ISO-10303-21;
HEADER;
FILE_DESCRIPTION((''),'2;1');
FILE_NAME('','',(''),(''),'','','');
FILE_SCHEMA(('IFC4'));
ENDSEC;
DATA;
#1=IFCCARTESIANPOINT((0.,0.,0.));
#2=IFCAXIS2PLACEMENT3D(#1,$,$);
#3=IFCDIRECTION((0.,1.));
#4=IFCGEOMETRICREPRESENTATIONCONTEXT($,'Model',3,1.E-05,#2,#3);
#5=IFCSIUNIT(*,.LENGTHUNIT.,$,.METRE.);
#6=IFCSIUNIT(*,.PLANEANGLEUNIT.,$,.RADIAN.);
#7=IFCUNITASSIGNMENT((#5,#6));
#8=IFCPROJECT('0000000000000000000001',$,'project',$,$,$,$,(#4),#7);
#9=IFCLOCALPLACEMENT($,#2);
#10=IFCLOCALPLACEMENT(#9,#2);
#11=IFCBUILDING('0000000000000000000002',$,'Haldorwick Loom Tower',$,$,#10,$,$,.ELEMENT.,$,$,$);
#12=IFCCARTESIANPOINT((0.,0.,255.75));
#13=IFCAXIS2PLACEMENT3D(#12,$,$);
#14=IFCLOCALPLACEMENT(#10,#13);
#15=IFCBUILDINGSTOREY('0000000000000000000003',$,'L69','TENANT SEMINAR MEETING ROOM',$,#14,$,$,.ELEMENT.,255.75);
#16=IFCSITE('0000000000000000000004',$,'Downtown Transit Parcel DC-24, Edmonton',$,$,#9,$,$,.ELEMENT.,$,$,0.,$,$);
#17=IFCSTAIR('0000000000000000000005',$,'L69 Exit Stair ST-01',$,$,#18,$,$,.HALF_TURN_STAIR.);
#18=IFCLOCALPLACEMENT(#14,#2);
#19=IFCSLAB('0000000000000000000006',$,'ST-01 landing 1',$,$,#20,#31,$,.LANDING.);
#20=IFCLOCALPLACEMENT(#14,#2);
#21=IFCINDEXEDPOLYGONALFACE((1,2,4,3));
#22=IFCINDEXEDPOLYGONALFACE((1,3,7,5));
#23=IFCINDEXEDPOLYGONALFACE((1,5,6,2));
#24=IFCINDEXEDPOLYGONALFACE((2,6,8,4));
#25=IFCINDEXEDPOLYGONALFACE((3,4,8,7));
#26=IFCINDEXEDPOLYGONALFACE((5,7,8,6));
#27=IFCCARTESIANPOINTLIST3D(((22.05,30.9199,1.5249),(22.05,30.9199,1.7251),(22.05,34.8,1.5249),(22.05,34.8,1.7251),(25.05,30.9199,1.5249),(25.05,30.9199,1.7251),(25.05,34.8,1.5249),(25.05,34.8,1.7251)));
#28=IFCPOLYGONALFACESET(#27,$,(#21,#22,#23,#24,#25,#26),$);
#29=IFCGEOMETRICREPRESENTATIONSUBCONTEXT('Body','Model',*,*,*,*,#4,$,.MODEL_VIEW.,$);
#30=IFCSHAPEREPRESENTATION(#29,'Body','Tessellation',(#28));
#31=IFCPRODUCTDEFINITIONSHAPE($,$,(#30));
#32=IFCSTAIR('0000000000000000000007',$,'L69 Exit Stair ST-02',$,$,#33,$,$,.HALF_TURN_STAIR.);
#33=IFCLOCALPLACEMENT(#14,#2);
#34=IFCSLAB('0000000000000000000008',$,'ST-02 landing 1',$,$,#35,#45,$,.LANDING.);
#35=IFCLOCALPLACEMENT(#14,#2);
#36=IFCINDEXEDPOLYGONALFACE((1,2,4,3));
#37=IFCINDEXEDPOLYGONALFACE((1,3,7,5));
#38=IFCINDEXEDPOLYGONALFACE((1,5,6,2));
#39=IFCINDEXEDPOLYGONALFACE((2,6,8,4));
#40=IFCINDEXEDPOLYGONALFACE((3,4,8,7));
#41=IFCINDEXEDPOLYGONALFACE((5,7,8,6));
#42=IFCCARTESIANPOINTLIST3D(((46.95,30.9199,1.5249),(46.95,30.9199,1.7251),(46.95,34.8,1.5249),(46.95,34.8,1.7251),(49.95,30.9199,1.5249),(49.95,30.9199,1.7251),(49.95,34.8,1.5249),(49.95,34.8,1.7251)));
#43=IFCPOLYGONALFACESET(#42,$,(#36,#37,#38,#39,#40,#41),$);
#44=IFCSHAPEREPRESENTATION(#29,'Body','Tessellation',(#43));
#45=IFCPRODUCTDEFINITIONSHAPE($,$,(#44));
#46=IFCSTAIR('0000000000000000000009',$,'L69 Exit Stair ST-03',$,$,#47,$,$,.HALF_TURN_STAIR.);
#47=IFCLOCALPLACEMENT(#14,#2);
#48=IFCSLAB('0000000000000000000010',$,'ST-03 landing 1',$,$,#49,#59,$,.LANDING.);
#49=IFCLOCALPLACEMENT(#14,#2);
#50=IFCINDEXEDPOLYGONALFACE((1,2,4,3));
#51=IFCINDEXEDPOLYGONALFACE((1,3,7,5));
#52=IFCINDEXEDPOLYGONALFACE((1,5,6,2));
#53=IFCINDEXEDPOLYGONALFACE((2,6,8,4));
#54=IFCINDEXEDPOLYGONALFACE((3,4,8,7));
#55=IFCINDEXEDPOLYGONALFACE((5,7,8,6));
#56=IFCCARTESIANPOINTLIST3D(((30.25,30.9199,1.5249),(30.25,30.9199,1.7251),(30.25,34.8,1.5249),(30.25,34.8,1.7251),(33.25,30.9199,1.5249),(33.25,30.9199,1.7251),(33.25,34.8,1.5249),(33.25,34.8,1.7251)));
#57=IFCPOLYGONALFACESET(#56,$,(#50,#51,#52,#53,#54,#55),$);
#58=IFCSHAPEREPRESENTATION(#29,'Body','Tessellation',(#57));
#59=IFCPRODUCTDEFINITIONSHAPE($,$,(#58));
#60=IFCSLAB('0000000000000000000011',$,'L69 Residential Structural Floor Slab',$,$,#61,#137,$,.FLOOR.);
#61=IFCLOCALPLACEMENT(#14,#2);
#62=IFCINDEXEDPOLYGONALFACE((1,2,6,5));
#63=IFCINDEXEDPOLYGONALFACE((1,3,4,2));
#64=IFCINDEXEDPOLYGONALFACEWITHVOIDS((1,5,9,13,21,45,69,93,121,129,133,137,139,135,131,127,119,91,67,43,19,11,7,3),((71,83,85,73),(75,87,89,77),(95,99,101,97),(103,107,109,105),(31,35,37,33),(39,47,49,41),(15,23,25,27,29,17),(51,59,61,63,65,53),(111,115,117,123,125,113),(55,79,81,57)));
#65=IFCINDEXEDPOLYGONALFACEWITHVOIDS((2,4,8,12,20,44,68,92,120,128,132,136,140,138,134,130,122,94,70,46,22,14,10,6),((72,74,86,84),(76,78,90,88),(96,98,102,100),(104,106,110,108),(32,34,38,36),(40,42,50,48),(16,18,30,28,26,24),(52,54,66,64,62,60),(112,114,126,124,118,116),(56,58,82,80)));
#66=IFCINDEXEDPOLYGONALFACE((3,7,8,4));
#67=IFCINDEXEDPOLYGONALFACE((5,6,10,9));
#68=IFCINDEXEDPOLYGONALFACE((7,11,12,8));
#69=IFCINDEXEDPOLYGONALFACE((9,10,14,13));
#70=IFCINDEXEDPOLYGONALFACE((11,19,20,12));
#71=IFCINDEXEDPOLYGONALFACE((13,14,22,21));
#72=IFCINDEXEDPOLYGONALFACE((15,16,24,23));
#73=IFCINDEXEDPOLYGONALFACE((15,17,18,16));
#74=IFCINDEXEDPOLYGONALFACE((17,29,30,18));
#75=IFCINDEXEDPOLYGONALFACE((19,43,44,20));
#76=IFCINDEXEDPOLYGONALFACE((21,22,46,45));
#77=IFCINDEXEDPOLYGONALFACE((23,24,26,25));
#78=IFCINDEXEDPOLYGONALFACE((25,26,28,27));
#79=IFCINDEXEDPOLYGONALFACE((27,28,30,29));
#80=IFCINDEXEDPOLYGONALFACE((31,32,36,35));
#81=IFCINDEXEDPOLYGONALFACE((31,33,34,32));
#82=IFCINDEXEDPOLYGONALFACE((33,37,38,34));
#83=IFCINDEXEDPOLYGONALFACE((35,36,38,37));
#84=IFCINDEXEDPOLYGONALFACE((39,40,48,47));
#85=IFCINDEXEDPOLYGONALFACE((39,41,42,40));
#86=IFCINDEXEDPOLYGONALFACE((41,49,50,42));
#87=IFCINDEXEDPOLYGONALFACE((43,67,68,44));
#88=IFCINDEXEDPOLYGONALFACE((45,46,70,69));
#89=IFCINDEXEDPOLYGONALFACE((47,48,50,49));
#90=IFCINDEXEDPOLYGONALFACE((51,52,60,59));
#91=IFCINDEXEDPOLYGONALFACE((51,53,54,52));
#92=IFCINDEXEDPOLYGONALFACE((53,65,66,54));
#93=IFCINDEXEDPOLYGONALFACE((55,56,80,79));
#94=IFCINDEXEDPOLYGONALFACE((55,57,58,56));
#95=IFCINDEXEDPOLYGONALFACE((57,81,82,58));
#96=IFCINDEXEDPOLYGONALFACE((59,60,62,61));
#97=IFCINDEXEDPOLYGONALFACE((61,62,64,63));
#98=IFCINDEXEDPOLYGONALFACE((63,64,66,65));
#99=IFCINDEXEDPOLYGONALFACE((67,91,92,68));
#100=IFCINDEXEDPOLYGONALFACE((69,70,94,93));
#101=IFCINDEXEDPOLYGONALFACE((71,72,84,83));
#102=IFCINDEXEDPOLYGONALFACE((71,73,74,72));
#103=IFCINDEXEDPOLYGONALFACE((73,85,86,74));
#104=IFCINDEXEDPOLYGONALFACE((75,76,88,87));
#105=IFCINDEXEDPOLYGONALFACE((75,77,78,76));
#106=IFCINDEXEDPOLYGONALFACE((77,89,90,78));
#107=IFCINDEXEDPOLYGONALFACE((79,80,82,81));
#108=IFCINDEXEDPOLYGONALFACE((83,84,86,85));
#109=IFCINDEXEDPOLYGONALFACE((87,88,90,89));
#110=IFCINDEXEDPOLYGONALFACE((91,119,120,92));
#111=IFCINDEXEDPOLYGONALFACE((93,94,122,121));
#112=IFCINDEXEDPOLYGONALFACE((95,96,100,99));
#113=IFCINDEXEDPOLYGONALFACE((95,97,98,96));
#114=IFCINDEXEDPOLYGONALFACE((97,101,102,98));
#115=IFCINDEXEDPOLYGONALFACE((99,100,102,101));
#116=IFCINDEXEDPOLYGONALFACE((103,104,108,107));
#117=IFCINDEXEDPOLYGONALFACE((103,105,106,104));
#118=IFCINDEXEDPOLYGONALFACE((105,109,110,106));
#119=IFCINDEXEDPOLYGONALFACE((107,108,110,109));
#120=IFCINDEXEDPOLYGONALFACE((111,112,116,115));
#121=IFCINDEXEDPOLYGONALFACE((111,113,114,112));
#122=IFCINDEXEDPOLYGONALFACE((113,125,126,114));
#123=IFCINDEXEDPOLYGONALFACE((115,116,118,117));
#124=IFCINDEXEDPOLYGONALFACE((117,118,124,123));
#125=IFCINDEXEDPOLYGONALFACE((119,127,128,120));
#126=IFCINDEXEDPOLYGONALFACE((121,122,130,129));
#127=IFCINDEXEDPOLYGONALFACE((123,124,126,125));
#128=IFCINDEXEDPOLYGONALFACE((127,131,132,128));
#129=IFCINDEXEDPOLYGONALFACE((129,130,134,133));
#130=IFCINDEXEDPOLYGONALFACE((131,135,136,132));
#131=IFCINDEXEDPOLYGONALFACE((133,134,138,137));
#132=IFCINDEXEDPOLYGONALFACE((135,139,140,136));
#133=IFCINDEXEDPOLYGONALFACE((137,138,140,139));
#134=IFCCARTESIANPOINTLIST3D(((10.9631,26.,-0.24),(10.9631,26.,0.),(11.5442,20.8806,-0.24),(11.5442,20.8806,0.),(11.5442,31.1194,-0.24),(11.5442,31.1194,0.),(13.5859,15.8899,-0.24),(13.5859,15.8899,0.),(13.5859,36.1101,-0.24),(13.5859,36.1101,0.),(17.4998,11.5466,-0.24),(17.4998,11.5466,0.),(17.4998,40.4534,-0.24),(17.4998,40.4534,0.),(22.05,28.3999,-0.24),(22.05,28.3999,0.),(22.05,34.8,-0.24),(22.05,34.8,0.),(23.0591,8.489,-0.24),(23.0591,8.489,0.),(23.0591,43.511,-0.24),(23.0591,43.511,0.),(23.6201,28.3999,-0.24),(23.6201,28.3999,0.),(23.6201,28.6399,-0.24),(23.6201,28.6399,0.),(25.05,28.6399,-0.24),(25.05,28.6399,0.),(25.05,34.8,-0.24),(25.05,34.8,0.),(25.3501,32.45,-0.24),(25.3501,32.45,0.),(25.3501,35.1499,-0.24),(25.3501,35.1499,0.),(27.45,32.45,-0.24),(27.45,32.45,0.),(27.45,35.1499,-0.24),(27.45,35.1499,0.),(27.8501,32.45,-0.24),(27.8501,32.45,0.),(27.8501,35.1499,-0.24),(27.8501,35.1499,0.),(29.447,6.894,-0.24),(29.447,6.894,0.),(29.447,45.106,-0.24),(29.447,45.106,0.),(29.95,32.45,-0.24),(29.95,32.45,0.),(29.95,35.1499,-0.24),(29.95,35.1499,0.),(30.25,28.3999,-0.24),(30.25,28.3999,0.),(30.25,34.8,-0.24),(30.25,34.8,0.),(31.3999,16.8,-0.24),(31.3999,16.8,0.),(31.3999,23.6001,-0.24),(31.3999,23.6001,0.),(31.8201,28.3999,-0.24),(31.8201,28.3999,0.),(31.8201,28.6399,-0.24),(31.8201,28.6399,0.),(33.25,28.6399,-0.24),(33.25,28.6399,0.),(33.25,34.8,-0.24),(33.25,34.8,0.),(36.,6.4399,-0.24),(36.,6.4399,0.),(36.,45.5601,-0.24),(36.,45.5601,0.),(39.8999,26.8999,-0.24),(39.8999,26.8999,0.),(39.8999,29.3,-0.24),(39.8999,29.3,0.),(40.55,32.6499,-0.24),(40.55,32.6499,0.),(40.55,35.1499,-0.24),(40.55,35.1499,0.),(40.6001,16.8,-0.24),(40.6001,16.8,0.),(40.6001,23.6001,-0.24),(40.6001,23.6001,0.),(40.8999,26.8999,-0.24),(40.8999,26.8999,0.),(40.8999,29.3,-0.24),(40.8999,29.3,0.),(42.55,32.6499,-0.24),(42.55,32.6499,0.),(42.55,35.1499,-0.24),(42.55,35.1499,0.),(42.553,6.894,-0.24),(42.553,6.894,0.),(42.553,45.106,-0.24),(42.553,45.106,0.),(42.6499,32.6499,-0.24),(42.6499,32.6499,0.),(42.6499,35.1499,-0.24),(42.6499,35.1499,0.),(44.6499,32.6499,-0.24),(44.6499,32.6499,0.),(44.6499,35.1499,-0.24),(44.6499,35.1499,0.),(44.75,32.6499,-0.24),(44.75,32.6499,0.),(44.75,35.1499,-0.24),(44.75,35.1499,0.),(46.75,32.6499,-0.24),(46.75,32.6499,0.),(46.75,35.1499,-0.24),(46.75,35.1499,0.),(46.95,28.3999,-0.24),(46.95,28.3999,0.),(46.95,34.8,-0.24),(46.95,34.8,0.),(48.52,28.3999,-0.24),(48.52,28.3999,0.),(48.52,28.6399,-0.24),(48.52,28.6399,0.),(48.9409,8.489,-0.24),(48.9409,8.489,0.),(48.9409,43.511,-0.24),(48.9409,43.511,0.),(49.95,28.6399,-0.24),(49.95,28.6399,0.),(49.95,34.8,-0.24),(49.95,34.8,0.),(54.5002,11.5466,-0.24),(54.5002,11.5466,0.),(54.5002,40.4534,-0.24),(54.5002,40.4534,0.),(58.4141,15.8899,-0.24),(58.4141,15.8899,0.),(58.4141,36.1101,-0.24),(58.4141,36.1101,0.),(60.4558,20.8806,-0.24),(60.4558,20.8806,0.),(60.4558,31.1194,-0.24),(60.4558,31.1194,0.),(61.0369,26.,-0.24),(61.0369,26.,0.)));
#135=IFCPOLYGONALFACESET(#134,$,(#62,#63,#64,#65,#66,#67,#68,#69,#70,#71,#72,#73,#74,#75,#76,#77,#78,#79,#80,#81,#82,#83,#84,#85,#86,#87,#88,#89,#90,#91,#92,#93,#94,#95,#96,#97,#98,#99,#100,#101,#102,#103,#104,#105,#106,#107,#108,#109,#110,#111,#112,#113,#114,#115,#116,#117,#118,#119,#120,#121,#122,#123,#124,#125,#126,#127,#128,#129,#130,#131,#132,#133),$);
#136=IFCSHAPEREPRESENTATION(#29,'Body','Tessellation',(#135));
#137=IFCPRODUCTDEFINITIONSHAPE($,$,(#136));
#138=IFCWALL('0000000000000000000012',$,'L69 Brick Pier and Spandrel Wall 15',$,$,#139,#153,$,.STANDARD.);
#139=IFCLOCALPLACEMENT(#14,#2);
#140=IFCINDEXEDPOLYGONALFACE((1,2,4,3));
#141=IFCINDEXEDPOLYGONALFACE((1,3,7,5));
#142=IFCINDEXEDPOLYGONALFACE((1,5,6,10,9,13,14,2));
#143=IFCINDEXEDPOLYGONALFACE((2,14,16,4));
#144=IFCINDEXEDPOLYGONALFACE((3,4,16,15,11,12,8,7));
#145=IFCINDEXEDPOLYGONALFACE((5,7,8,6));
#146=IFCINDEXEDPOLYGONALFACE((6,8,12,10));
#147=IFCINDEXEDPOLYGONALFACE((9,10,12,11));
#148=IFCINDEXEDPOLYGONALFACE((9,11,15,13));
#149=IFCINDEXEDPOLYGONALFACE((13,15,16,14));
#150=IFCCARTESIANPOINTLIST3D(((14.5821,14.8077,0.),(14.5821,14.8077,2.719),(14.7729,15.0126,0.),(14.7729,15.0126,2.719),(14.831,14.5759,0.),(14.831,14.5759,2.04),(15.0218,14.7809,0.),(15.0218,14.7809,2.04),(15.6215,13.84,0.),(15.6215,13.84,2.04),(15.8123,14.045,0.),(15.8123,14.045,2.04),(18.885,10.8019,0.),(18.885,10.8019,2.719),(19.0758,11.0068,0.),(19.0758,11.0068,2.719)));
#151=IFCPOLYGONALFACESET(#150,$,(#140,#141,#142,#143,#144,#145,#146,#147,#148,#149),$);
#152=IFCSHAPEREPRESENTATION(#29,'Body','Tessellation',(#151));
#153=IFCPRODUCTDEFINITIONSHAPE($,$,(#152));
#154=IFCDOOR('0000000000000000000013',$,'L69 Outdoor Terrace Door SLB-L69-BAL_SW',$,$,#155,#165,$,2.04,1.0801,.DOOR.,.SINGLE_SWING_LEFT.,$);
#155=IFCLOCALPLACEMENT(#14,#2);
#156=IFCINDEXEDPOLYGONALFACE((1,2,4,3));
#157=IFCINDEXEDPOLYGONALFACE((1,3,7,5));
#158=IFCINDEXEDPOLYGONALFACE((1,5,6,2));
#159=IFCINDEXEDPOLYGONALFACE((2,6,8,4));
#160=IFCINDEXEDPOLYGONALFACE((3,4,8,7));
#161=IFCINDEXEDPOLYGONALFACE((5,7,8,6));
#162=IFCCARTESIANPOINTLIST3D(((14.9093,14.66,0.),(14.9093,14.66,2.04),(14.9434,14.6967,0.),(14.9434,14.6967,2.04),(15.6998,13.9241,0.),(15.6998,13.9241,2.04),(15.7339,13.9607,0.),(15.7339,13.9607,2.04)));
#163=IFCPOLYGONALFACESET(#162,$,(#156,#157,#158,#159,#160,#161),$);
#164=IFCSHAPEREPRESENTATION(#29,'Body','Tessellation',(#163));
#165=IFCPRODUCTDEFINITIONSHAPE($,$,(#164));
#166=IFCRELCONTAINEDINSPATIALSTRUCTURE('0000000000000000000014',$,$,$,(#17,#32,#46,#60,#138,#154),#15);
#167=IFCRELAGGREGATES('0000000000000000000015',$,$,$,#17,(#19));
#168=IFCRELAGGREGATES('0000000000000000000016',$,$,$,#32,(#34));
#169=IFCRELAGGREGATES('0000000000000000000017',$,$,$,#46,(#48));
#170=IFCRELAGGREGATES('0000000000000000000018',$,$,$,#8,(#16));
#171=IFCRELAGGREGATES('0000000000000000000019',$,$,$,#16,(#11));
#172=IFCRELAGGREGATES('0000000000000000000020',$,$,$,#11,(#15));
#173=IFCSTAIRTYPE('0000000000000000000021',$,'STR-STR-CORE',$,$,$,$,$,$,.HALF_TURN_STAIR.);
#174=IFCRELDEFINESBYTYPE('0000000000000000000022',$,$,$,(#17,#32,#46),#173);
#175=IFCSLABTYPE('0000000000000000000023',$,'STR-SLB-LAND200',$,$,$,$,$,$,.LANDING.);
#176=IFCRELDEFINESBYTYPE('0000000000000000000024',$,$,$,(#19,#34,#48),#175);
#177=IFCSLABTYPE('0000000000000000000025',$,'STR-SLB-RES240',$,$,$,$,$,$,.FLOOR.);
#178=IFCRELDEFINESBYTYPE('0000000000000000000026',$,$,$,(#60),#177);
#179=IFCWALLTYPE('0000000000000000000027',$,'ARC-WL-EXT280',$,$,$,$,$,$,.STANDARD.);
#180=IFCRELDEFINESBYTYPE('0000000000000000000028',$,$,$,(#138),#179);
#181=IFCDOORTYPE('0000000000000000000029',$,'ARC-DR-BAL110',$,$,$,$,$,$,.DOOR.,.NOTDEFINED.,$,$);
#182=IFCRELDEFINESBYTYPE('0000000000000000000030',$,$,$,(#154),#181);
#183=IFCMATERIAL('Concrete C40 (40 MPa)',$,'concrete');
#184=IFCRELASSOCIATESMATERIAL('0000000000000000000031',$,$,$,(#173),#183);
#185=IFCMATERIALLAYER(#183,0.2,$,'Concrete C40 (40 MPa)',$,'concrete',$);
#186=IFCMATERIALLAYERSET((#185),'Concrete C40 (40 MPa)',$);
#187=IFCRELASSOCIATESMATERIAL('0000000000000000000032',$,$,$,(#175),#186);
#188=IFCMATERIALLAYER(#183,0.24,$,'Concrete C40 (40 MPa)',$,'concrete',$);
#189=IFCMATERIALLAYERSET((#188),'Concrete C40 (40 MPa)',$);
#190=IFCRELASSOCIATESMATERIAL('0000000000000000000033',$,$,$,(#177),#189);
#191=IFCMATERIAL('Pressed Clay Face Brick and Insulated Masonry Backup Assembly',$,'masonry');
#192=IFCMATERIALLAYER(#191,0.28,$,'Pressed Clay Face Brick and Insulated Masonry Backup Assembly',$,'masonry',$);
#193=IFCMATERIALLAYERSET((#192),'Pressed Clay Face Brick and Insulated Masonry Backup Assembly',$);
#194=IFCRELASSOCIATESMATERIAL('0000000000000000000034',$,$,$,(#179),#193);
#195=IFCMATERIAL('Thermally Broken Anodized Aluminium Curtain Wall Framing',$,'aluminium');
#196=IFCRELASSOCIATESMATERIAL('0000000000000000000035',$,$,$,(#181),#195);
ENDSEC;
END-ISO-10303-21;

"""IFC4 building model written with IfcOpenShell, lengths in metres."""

from ifc_helpers import new_model, si_unit, direction, frame, frame_2d, origin, place, context, subcontext, project, spatial, polyline, rectangle, outline, extrude, material, layer, layer_set, type_object, element, fill, aggregate, save


model = new_model("IFC4")

# Units and contexts
model_context = context("Model", 3, precision=1e-05, world=origin(), true_north=direction((0.0, 1.0)))
body_context = subcontext(model_context, "Body", "Model", "MODEL_VIEW")
ifc_project = project(units=[si_unit("LENGTHUNIT", "METRE"), si_unit("PLANEANGLEUNIT", "RADIAN")], contexts=[model_context])

# Site, building, storey
site_placement = place(None, origin())
site = spatial("IfcSite", under=ifc_project, at=site_placement, Name="Downtown Transit Parcel DC-24, Edmonton", CompositionType="ELEMENT", RefElevation=0.0)
building_placement = place(site_placement, origin())
building = spatial("IfcBuilding", under=site, at=building_placement, Name="Haldorwick Loom Tower", CompositionType="ELEMENT")
storey_placement = place(building_placement, frame((0.0, 0.0, 255.75)))
storey = spatial("IfcBuildingStorey", under=building, at=storey_placement, Name="L69", Description="TENANT SEMINAR MEETING ROOM", CompositionType="ELEMENT", Elevation=255.75)

# Shared definitions
ifc_material_1 = material(Name="Concrete C40 (40 MPa)", Category="concrete")

# Stairs, slabs
stair_type = type_object("IfcStairType", Name="STR-STR-CORE", PredefinedType="HALF_TURN_STAIR", material=ifc_material_1)
stair_1_placement = place(storey_placement, origin())
stair_1 = element("IfcStair", 1, at=stair_1_placement, inside=storey, type_object=stair_type, Name="L69 Exit Stair ST-01", PredefinedType="HALF_TURN_STAIR")
ifc_layer_1 = layer(ifc_material_1, 0.2, Name="Concrete C40 (40 MPa)", Category="concrete")
ifc_layer_set_1 = layer_set([ifc_layer_1], Name="Concrete C40 (40 MPa)")
slab_type_1 = type_object("IfcSlabType", Name="STR-SLB-LAND200", PredefinedType="LANDING", material=ifc_layer_set_1)
slab_1_placement = place(storey_placement, frame((0.0, 0.0, 1.5249)))
slab_1 = element("IfcSlab", 2, at=slab_1_placement, type_object=slab_type_1, Name="ST-01 landing 1", PredefinedType="LANDING", context=body_context, shape_type="SweptSolid", body=[
    extrude(outline(polyline([(25.05, 30.9199), (25.05, 34.8), (22.05, 34.8), (22.05, 30.9199), (25.05, 30.9199)])), origin(), (0.0, 0.0, 1.0), 0.2002),
])
aggregate(stair_1, [slab_1])
stair_2_placement = place(storey_placement, origin())
stair_2 = element("IfcStair", 3, at=stair_2_placement, inside=storey, type_object=stair_type, Name="L69 Exit Stair ST-02", PredefinedType="HALF_TURN_STAIR")
slab_2_placement = place(storey_placement, frame((0.0, 0.0, 1.5249)))
slab_2 = element("IfcSlab", 4, at=slab_2_placement, type_object=slab_type_1, Name="ST-02 landing 1", PredefinedType="LANDING", context=body_context, shape_type="SweptSolid", body=[
    extrude(outline(polyline([(49.95, 30.9199), (49.95, 34.8), (46.95, 34.8), (46.95, 30.9199), (49.95, 30.9199)])), origin(), (0.0, 0.0, 1.0), 0.2002),
])
aggregate(stair_2, [slab_2])
stair_3_placement = place(storey_placement, origin())
stair_3 = element("IfcStair", 5, at=stair_3_placement, inside=storey, type_object=stair_type, Name="L69 Exit Stair ST-03", PredefinedType="HALF_TURN_STAIR")
slab_3_placement = place(storey_placement, frame((0.0, 0.0, 1.5249)))
slab_3 = element("IfcSlab", 6, at=slab_3_placement, type_object=slab_type_1, Name="ST-03 landing 1", PredefinedType="LANDING", context=body_context, shape_type="SweptSolid", body=[
    extrude(outline(polyline([(33.25, 30.9199), (33.25, 34.8), (30.25, 34.8), (30.25, 30.9199), (33.25, 30.9199)])), origin(), (0.0, 0.0, 1.0), 0.2002),
])
aggregate(stair_3, [slab_3])

# Slab
ifc_layer_2 = layer(ifc_material_1, 0.24, Name="Concrete C40 (40 MPa)", Category="concrete")
ifc_layer_set_2 = layer_set([ifc_layer_2], Name="Concrete C40 (40 MPa)")
slab_type_2 = type_object("IfcSlabType", Name="STR-SLB-RES240", PredefinedType="FLOOR", material=ifc_layer_set_2)
slab_4_placement = place(storey_placement, frame((0.0, 0.0, -0.24)))
element("IfcSlab", 7, at=slab_4_placement, inside=storey, type_object=slab_type_2, Name="L69 Residential Structural Floor Slab", PredefinedType="FLOOR", context=body_context, shape_type="SweptSolid", body=[
    extrude(outline(polyline([(54.5002, 11.5466), (58.4141, 15.8899), (60.4558, 20.8806), (61.0369, 26.0), (60.4558, 31.1194), (58.4141, 36.1101), (54.5002, 40.4534), (48.9409, 43.511), (42.553, 45.106), (36.0, 45.5601), (29.447, 45.106), (23.0591, 43.511), (17.4998, 40.4534), (13.5859, 36.1101), (11.5442, 31.1194), (10.9631, 26.0), (11.5442, 20.8806), (13.5859, 15.8899), (17.4998, 11.5466), (23.0591, 8.489), (29.447, 6.894), (36.0, 6.4399), (42.553, 6.894), (48.9409, 8.489), (54.5002, 11.5466)]), holes=[polyline([(31.3999, 16.8), (31.3999, 23.6001), (40.6001, 23.6001), (40.6001, 16.8), (31.3999, 16.8)]), polyline([(40.8999, 26.8999), (39.8999, 26.8999), (39.8999, 29.3), (40.8999, 29.3), (40.8999, 26.8999)]), polyline([(23.6201, 28.3999), (22.05, 28.3999), (22.05, 34.8), (25.05, 34.8), (25.05, 28.6399), (23.6201, 28.6399), (23.6201, 28.3999)]), polyline([(30.25, 28.3999), (30.25, 34.8), (33.25, 34.8), (33.25, 28.6399), (31.8201, 28.6399), (31.8201, 28.3999), (30.25, 28.3999)]), polyline([(46.95, 28.3999), (46.95, 34.8), (49.95, 34.8), (49.95, 28.6399), (48.52, 28.6399), (48.52, 28.3999), (46.95, 28.3999)]), polyline([(27.45, 32.45), (25.3501, 32.45), (25.3501, 35.1499), (27.45, 35.1499), (27.45, 32.45)]), polyline([(29.95, 32.45), (27.8501, 32.45), (27.8501, 35.1499), (29.95, 35.1499), (29.95, 32.45)]), polyline([(42.55, 32.6499), (40.55, 32.6499), (40.55, 35.1499), (42.55, 35.1499), (42.55, 32.6499)]), polyline([(42.6499, 32.6499), (42.6499, 35.1499), (44.6499, 35.1499), (44.6499, 32.6499), (42.6499, 32.6499)]), polyline([(44.75, 32.6499), (44.75, 35.1499), (46.75, 35.1499), (46.75, 32.6499), (44.75, 32.6499)])]), origin(), (0.0, 0.0, 1.0), 0.24),
])

# Wall, opening, door
ifc_material_2 = material(Name="Pressed Clay Face Brick and Insulated Masonry Backup Assembly", Category="masonry")
ifc_layer_3 = layer(ifc_material_2, 0.28, Name="Pressed Clay Face Brick and Insulated Masonry Backup Assembly", Category="masonry")
ifc_layer_set_3 = layer_set([ifc_layer_3], Name="Pressed Clay Face Brick and Insulated Masonry Backup Assembly")
wall_type = type_object("IfcWallType", Name="ARC-WL-EXT280", PredefinedType="STANDARD", material=ifc_layer_set_3)
wall_1_placement = place(storey_placement, frame((14.6775, 14.9102, 0.0), z_axis=(0.0, 0.0, 1.0), x_axis=(0.731925, -0.681386, 0.0)))
wall_1 = element("IfcWall", 8, at=wall_1_placement, inside=storey, type_object=wall_type, Name="L69 Brick Pier and Spandrel Wall 15", PredefinedType="STANDARD", context=body_context, shape_type="SweptSolid", body=[
    extrude(rectangle(XDim=5.8789, YDim=0.28, at=frame_2d((2.9395, 0.0))), origin(), (0.0, 0.0, 1.0), 2.719),
])
opening_1_placement = place(wall_1_placement, frame((0.3401, 0.0, 0.0)))
opening_1 = element("IfcOpeningElement", 9, at=opening_1_placement, cuts=wall_1, PredefinedType="OPENING", context=body_context, shape_type="SweptSolid", body=[
    extrude(rectangle(XDim=1.0801, YDim=2.04, at=frame_2d((0.54, 1.02))), frame((0.0, 0.1499, 0.0), z_axis=(0.0, -1.0, 0.0), x_axis=(1.0, 0.0, 0.0)), (0.0, 0.0, 1.0), 0.3),
])
ifc_material_3 = material(Name="Thermally Broken Anodized Aluminium Curtain Wall Framing", Category="aluminium")
door_type = type_object("IfcDoorType", Name="ARC-DR-BAL110", OperationType="NOTDEFINED", PredefinedType="DOOR", material=ifc_material_3)
door_placement = place(opening_1_placement, origin())
door = element("IfcDoor", 10, at=door_placement, inside=storey, type_object=door_type, Name="L69 Outdoor Terrace Door SLB-L69-BAL_SW", OperationType="SINGLE_SWING_LEFT", OverallHeight=2.04, OverallWidth=1.0801, PredefinedType="DOOR", context=body_context, shape_type="SweptSolid", body=[
    extrude(rectangle(XDim=1.0801, YDim=2.04, at=frame_2d((0.54, 1.02))), frame((0.0, 0.0249, 0.0), z_axis=(0.0, -1.0, 0.0), x_axis=(1.0, 0.0, 0.0)), (0.0, 0.0, 1.0), 0.05),
])
fill(opening_1, door)

save(model, "model.ifc")
